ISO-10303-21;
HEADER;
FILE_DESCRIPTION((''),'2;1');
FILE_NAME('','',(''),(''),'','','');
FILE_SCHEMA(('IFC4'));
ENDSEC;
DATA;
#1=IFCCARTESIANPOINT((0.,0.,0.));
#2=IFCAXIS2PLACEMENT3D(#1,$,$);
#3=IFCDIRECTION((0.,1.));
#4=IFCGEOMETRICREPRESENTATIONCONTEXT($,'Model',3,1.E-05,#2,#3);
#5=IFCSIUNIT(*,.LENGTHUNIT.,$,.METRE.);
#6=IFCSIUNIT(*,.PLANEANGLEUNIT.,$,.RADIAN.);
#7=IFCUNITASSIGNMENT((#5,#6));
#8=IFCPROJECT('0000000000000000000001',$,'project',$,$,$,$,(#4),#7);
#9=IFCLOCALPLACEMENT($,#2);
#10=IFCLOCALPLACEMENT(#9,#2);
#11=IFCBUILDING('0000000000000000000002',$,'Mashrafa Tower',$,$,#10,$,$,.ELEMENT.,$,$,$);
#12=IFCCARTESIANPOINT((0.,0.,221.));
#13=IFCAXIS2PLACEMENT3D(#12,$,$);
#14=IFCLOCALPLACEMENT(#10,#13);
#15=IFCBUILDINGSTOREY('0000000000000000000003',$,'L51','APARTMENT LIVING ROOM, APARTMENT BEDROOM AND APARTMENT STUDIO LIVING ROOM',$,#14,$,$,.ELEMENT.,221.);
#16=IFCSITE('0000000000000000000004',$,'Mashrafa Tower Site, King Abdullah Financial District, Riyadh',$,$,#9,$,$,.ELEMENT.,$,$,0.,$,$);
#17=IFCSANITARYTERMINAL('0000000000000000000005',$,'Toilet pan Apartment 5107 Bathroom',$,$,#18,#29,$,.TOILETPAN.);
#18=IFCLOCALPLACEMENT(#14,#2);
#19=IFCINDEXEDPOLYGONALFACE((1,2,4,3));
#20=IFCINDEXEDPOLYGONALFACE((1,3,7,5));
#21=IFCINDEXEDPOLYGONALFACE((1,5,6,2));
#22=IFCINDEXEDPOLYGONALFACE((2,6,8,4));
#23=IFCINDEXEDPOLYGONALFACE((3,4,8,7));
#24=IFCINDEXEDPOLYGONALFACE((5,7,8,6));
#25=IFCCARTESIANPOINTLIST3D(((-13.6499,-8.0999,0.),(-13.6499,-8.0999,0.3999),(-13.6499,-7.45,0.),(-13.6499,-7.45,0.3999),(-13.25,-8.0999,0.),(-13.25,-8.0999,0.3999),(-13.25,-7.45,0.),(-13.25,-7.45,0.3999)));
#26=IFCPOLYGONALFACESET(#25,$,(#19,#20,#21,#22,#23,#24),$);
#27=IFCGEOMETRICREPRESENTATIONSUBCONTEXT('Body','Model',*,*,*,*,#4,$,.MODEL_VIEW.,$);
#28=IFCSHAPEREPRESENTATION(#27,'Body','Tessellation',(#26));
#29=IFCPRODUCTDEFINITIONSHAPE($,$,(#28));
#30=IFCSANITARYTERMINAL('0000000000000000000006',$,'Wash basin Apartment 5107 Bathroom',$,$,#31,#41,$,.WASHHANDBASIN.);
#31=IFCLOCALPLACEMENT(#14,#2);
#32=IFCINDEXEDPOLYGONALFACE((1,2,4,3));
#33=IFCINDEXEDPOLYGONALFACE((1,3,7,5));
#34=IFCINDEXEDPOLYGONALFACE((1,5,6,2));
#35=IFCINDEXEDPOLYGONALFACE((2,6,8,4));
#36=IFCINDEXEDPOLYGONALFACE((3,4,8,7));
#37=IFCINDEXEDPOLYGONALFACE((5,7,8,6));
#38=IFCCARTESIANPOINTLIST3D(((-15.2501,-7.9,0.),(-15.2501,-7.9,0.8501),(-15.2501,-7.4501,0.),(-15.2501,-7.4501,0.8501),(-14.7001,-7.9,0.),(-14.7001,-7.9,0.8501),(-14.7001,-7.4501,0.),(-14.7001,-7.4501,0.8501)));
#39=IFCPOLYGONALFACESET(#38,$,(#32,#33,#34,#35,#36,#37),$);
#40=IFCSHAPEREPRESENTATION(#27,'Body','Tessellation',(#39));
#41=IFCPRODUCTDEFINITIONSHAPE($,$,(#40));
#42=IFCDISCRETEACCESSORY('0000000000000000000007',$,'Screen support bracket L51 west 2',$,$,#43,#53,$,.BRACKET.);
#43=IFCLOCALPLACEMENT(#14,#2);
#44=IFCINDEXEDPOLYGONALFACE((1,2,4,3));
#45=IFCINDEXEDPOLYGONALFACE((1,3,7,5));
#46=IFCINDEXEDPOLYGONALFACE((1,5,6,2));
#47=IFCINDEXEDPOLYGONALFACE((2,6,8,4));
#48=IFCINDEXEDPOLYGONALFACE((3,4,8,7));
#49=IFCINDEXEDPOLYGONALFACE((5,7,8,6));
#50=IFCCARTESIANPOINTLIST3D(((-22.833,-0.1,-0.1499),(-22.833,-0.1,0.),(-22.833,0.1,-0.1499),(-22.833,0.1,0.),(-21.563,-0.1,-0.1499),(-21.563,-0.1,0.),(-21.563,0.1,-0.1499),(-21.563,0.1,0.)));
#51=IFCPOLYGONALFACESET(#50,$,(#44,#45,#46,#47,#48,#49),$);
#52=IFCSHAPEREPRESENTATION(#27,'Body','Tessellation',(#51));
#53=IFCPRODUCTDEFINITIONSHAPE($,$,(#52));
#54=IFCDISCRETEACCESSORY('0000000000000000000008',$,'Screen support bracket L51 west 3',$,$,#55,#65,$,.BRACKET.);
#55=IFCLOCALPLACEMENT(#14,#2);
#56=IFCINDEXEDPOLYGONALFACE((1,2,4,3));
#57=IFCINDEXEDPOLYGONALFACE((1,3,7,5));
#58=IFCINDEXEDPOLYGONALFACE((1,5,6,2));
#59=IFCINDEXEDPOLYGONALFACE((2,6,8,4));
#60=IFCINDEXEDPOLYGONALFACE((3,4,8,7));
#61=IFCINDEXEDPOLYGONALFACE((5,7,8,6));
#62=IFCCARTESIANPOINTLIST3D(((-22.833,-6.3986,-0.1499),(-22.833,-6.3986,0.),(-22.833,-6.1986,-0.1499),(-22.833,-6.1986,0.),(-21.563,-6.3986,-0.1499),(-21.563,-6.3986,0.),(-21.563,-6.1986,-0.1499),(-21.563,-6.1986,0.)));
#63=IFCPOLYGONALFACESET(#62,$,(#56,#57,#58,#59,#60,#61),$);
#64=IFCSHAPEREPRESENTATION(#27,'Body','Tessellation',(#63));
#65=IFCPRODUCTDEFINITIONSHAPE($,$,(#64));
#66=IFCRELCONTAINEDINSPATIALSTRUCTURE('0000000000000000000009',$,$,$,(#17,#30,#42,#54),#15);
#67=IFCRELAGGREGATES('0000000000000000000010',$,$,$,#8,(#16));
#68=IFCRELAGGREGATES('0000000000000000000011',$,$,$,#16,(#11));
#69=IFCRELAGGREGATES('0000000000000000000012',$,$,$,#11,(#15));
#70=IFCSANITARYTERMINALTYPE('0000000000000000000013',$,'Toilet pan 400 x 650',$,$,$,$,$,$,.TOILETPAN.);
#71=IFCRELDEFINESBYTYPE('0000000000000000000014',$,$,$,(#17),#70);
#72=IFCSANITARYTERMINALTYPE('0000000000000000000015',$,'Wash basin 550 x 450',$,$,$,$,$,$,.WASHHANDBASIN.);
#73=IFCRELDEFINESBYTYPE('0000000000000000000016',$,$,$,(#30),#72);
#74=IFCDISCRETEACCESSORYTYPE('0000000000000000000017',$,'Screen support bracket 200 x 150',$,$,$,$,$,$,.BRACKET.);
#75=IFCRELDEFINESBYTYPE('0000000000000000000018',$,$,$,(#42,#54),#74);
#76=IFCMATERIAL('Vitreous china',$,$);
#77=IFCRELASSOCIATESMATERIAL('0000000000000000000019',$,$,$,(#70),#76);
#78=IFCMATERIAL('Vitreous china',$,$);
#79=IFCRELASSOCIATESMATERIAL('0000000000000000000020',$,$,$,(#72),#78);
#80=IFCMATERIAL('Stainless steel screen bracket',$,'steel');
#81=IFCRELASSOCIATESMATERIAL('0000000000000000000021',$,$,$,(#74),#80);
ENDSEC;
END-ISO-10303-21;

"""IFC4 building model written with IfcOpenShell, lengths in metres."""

from ifc_helpers import new_model, si_unit, direction, frame, origin, origin_2d, place, context, subcontext, project, spatial, rectangle, extrude, source, transform, mapped, material, type_object, type_shapes, element, save


model = new_model("IFC4")

# Units and contexts
model_context = context("Model", 3, precision=1e-05, world=origin(), true_north=direction((0.0, 1.0)))
body_context = subcontext(model_context, "Body", "Model", "MODEL_VIEW")
ifc_project = project(units=[si_unit("LENGTHUNIT", "METRE"), si_unit("PLANEANGLEUNIT", "RADIAN")], contexts=[model_context])

# Site, building, storey
site_placement = place(None, origin())
site = spatial("IfcSite", under=ifc_project, at=site_placement, Name="Mashrafa Tower Site, King Abdullah Financial District, Riyadh", CompositionType="ELEMENT", RefElevation=0.0)
building_placement = place(site_placement, origin())
building = spatial("IfcBuilding", under=site, at=building_placement, Name="Mashrafa Tower", CompositionType="ELEMENT")
storey_placement = place(building_placement, frame((0.0, 0.0, 221.0)))
storey = spatial("IfcBuildingStorey", under=building, at=storey_placement, Name="L51", Description="APARTMENT LIVING ROOM, APARTMENT BEDROOM AND APARTMENT STUDIO LIVING ROOM", CompositionType="ELEMENT", Elevation=221.0)

# Sanitary terminals
ifc_material_1 = material(Name="Vitreous china")
sanitary_terminal_type_1 = type_object("IfcSanitaryTerminalType", Name="Toilet pan 400 x 650", PredefinedType="TOILETPAN", material=ifc_material_1)
sanitary_terminal_1_placement = place(storey_placement, frame((-13.45, -7.7749, 0.0), z_axis=(0.0, 0.0, 1.0), x_axis=(-1.0, 0.0, 0.0)))
element("IfcSanitaryTerminal", 1, at=sanitary_terminal_1_placement, inside=storey, type_object=sanitary_terminal_type_1, Name="Toilet pan Apartment 5107 Bathroom", PredefinedType="TOILETPAN", context=body_context, shape_type="SweptSolid", body=[
    extrude(rectangle(XDim=0.3999, YDim=0.6499, at=origin_2d()), origin(), (0.0, 0.0, 1.0), 0.3999),
])
ifc_material_2 = material(Name="Vitreous china")
sanitary_terminal_type_2 = type_object("IfcSanitaryTerminalType", Name="Wash basin 550 x 450", PredefinedType="WASHHANDBASIN", material=ifc_material_2)
sanitary_terminal_2_placement = place(storey_placement, frame((-14.9751, -7.675, 0.0), z_axis=(0.0, 0.0, 1.0), x_axis=(-1.0, 0.0, 0.0)))
element("IfcSanitaryTerminal", 2, at=sanitary_terminal_2_placement, inside=storey, type_object=sanitary_terminal_type_2, Name="Wash basin Apartment 5107 Bathroom", PredefinedType="WASHHANDBASIN", context=body_context, shape_type="SweptSolid", body=[
    extrude(rectangle(XDim=0.55, YDim=0.45, at=origin_2d()), origin(), (0.0, 0.0, 1.0), 0.8501),
])

# Discrete accessories
ifc_material_3 = material(Name="Stainless steel screen bracket", Category="steel")
discrete_accessory_type = type_object("IfcDiscreteAccessoryType", Name="Screen support bracket 200 x 150", PredefinedType="BRACKET", material=ifc_material_3)
shared_shape_1 = source(origin(), body_context, "Body", "SweptSolid", [
    extrude(rectangle(XDim=0.2, YDim=1.27, at=origin_2d()), origin(), (0.0, 0.0, 1.0), 0.1499),
])
type_shapes(discrete_accessory_type, [shared_shape_1])
for number, where, z_axis, x_axis, name in (
    (3, (-22.198, 0.0, -0.1499), (0.0, 0.0, 1.0), (0.0, -1.0, 0.0), "Screen support bracket L51 west 2"),
    (4, (-22.198, -6.2986, -0.1499), (0.0, 0.0, 1.0), (0.0, -1.0, 0.0), "Screen support bracket L51 west 3"),
):
    element("IfcDiscreteAccessory", number, at=place(storey_placement, frame(where, z_axis=z_axis, x_axis=x_axis)), inside=storey, type_object=discrete_accessory_type, Name=name, PredefinedType="BRACKET", context=body_context, shape_type="MappedRepresentation", body=[
        mapped(shared_shape_1, transform((0.0, 0.0, 0.0))),
    ])

save(model, "model.ifc")
